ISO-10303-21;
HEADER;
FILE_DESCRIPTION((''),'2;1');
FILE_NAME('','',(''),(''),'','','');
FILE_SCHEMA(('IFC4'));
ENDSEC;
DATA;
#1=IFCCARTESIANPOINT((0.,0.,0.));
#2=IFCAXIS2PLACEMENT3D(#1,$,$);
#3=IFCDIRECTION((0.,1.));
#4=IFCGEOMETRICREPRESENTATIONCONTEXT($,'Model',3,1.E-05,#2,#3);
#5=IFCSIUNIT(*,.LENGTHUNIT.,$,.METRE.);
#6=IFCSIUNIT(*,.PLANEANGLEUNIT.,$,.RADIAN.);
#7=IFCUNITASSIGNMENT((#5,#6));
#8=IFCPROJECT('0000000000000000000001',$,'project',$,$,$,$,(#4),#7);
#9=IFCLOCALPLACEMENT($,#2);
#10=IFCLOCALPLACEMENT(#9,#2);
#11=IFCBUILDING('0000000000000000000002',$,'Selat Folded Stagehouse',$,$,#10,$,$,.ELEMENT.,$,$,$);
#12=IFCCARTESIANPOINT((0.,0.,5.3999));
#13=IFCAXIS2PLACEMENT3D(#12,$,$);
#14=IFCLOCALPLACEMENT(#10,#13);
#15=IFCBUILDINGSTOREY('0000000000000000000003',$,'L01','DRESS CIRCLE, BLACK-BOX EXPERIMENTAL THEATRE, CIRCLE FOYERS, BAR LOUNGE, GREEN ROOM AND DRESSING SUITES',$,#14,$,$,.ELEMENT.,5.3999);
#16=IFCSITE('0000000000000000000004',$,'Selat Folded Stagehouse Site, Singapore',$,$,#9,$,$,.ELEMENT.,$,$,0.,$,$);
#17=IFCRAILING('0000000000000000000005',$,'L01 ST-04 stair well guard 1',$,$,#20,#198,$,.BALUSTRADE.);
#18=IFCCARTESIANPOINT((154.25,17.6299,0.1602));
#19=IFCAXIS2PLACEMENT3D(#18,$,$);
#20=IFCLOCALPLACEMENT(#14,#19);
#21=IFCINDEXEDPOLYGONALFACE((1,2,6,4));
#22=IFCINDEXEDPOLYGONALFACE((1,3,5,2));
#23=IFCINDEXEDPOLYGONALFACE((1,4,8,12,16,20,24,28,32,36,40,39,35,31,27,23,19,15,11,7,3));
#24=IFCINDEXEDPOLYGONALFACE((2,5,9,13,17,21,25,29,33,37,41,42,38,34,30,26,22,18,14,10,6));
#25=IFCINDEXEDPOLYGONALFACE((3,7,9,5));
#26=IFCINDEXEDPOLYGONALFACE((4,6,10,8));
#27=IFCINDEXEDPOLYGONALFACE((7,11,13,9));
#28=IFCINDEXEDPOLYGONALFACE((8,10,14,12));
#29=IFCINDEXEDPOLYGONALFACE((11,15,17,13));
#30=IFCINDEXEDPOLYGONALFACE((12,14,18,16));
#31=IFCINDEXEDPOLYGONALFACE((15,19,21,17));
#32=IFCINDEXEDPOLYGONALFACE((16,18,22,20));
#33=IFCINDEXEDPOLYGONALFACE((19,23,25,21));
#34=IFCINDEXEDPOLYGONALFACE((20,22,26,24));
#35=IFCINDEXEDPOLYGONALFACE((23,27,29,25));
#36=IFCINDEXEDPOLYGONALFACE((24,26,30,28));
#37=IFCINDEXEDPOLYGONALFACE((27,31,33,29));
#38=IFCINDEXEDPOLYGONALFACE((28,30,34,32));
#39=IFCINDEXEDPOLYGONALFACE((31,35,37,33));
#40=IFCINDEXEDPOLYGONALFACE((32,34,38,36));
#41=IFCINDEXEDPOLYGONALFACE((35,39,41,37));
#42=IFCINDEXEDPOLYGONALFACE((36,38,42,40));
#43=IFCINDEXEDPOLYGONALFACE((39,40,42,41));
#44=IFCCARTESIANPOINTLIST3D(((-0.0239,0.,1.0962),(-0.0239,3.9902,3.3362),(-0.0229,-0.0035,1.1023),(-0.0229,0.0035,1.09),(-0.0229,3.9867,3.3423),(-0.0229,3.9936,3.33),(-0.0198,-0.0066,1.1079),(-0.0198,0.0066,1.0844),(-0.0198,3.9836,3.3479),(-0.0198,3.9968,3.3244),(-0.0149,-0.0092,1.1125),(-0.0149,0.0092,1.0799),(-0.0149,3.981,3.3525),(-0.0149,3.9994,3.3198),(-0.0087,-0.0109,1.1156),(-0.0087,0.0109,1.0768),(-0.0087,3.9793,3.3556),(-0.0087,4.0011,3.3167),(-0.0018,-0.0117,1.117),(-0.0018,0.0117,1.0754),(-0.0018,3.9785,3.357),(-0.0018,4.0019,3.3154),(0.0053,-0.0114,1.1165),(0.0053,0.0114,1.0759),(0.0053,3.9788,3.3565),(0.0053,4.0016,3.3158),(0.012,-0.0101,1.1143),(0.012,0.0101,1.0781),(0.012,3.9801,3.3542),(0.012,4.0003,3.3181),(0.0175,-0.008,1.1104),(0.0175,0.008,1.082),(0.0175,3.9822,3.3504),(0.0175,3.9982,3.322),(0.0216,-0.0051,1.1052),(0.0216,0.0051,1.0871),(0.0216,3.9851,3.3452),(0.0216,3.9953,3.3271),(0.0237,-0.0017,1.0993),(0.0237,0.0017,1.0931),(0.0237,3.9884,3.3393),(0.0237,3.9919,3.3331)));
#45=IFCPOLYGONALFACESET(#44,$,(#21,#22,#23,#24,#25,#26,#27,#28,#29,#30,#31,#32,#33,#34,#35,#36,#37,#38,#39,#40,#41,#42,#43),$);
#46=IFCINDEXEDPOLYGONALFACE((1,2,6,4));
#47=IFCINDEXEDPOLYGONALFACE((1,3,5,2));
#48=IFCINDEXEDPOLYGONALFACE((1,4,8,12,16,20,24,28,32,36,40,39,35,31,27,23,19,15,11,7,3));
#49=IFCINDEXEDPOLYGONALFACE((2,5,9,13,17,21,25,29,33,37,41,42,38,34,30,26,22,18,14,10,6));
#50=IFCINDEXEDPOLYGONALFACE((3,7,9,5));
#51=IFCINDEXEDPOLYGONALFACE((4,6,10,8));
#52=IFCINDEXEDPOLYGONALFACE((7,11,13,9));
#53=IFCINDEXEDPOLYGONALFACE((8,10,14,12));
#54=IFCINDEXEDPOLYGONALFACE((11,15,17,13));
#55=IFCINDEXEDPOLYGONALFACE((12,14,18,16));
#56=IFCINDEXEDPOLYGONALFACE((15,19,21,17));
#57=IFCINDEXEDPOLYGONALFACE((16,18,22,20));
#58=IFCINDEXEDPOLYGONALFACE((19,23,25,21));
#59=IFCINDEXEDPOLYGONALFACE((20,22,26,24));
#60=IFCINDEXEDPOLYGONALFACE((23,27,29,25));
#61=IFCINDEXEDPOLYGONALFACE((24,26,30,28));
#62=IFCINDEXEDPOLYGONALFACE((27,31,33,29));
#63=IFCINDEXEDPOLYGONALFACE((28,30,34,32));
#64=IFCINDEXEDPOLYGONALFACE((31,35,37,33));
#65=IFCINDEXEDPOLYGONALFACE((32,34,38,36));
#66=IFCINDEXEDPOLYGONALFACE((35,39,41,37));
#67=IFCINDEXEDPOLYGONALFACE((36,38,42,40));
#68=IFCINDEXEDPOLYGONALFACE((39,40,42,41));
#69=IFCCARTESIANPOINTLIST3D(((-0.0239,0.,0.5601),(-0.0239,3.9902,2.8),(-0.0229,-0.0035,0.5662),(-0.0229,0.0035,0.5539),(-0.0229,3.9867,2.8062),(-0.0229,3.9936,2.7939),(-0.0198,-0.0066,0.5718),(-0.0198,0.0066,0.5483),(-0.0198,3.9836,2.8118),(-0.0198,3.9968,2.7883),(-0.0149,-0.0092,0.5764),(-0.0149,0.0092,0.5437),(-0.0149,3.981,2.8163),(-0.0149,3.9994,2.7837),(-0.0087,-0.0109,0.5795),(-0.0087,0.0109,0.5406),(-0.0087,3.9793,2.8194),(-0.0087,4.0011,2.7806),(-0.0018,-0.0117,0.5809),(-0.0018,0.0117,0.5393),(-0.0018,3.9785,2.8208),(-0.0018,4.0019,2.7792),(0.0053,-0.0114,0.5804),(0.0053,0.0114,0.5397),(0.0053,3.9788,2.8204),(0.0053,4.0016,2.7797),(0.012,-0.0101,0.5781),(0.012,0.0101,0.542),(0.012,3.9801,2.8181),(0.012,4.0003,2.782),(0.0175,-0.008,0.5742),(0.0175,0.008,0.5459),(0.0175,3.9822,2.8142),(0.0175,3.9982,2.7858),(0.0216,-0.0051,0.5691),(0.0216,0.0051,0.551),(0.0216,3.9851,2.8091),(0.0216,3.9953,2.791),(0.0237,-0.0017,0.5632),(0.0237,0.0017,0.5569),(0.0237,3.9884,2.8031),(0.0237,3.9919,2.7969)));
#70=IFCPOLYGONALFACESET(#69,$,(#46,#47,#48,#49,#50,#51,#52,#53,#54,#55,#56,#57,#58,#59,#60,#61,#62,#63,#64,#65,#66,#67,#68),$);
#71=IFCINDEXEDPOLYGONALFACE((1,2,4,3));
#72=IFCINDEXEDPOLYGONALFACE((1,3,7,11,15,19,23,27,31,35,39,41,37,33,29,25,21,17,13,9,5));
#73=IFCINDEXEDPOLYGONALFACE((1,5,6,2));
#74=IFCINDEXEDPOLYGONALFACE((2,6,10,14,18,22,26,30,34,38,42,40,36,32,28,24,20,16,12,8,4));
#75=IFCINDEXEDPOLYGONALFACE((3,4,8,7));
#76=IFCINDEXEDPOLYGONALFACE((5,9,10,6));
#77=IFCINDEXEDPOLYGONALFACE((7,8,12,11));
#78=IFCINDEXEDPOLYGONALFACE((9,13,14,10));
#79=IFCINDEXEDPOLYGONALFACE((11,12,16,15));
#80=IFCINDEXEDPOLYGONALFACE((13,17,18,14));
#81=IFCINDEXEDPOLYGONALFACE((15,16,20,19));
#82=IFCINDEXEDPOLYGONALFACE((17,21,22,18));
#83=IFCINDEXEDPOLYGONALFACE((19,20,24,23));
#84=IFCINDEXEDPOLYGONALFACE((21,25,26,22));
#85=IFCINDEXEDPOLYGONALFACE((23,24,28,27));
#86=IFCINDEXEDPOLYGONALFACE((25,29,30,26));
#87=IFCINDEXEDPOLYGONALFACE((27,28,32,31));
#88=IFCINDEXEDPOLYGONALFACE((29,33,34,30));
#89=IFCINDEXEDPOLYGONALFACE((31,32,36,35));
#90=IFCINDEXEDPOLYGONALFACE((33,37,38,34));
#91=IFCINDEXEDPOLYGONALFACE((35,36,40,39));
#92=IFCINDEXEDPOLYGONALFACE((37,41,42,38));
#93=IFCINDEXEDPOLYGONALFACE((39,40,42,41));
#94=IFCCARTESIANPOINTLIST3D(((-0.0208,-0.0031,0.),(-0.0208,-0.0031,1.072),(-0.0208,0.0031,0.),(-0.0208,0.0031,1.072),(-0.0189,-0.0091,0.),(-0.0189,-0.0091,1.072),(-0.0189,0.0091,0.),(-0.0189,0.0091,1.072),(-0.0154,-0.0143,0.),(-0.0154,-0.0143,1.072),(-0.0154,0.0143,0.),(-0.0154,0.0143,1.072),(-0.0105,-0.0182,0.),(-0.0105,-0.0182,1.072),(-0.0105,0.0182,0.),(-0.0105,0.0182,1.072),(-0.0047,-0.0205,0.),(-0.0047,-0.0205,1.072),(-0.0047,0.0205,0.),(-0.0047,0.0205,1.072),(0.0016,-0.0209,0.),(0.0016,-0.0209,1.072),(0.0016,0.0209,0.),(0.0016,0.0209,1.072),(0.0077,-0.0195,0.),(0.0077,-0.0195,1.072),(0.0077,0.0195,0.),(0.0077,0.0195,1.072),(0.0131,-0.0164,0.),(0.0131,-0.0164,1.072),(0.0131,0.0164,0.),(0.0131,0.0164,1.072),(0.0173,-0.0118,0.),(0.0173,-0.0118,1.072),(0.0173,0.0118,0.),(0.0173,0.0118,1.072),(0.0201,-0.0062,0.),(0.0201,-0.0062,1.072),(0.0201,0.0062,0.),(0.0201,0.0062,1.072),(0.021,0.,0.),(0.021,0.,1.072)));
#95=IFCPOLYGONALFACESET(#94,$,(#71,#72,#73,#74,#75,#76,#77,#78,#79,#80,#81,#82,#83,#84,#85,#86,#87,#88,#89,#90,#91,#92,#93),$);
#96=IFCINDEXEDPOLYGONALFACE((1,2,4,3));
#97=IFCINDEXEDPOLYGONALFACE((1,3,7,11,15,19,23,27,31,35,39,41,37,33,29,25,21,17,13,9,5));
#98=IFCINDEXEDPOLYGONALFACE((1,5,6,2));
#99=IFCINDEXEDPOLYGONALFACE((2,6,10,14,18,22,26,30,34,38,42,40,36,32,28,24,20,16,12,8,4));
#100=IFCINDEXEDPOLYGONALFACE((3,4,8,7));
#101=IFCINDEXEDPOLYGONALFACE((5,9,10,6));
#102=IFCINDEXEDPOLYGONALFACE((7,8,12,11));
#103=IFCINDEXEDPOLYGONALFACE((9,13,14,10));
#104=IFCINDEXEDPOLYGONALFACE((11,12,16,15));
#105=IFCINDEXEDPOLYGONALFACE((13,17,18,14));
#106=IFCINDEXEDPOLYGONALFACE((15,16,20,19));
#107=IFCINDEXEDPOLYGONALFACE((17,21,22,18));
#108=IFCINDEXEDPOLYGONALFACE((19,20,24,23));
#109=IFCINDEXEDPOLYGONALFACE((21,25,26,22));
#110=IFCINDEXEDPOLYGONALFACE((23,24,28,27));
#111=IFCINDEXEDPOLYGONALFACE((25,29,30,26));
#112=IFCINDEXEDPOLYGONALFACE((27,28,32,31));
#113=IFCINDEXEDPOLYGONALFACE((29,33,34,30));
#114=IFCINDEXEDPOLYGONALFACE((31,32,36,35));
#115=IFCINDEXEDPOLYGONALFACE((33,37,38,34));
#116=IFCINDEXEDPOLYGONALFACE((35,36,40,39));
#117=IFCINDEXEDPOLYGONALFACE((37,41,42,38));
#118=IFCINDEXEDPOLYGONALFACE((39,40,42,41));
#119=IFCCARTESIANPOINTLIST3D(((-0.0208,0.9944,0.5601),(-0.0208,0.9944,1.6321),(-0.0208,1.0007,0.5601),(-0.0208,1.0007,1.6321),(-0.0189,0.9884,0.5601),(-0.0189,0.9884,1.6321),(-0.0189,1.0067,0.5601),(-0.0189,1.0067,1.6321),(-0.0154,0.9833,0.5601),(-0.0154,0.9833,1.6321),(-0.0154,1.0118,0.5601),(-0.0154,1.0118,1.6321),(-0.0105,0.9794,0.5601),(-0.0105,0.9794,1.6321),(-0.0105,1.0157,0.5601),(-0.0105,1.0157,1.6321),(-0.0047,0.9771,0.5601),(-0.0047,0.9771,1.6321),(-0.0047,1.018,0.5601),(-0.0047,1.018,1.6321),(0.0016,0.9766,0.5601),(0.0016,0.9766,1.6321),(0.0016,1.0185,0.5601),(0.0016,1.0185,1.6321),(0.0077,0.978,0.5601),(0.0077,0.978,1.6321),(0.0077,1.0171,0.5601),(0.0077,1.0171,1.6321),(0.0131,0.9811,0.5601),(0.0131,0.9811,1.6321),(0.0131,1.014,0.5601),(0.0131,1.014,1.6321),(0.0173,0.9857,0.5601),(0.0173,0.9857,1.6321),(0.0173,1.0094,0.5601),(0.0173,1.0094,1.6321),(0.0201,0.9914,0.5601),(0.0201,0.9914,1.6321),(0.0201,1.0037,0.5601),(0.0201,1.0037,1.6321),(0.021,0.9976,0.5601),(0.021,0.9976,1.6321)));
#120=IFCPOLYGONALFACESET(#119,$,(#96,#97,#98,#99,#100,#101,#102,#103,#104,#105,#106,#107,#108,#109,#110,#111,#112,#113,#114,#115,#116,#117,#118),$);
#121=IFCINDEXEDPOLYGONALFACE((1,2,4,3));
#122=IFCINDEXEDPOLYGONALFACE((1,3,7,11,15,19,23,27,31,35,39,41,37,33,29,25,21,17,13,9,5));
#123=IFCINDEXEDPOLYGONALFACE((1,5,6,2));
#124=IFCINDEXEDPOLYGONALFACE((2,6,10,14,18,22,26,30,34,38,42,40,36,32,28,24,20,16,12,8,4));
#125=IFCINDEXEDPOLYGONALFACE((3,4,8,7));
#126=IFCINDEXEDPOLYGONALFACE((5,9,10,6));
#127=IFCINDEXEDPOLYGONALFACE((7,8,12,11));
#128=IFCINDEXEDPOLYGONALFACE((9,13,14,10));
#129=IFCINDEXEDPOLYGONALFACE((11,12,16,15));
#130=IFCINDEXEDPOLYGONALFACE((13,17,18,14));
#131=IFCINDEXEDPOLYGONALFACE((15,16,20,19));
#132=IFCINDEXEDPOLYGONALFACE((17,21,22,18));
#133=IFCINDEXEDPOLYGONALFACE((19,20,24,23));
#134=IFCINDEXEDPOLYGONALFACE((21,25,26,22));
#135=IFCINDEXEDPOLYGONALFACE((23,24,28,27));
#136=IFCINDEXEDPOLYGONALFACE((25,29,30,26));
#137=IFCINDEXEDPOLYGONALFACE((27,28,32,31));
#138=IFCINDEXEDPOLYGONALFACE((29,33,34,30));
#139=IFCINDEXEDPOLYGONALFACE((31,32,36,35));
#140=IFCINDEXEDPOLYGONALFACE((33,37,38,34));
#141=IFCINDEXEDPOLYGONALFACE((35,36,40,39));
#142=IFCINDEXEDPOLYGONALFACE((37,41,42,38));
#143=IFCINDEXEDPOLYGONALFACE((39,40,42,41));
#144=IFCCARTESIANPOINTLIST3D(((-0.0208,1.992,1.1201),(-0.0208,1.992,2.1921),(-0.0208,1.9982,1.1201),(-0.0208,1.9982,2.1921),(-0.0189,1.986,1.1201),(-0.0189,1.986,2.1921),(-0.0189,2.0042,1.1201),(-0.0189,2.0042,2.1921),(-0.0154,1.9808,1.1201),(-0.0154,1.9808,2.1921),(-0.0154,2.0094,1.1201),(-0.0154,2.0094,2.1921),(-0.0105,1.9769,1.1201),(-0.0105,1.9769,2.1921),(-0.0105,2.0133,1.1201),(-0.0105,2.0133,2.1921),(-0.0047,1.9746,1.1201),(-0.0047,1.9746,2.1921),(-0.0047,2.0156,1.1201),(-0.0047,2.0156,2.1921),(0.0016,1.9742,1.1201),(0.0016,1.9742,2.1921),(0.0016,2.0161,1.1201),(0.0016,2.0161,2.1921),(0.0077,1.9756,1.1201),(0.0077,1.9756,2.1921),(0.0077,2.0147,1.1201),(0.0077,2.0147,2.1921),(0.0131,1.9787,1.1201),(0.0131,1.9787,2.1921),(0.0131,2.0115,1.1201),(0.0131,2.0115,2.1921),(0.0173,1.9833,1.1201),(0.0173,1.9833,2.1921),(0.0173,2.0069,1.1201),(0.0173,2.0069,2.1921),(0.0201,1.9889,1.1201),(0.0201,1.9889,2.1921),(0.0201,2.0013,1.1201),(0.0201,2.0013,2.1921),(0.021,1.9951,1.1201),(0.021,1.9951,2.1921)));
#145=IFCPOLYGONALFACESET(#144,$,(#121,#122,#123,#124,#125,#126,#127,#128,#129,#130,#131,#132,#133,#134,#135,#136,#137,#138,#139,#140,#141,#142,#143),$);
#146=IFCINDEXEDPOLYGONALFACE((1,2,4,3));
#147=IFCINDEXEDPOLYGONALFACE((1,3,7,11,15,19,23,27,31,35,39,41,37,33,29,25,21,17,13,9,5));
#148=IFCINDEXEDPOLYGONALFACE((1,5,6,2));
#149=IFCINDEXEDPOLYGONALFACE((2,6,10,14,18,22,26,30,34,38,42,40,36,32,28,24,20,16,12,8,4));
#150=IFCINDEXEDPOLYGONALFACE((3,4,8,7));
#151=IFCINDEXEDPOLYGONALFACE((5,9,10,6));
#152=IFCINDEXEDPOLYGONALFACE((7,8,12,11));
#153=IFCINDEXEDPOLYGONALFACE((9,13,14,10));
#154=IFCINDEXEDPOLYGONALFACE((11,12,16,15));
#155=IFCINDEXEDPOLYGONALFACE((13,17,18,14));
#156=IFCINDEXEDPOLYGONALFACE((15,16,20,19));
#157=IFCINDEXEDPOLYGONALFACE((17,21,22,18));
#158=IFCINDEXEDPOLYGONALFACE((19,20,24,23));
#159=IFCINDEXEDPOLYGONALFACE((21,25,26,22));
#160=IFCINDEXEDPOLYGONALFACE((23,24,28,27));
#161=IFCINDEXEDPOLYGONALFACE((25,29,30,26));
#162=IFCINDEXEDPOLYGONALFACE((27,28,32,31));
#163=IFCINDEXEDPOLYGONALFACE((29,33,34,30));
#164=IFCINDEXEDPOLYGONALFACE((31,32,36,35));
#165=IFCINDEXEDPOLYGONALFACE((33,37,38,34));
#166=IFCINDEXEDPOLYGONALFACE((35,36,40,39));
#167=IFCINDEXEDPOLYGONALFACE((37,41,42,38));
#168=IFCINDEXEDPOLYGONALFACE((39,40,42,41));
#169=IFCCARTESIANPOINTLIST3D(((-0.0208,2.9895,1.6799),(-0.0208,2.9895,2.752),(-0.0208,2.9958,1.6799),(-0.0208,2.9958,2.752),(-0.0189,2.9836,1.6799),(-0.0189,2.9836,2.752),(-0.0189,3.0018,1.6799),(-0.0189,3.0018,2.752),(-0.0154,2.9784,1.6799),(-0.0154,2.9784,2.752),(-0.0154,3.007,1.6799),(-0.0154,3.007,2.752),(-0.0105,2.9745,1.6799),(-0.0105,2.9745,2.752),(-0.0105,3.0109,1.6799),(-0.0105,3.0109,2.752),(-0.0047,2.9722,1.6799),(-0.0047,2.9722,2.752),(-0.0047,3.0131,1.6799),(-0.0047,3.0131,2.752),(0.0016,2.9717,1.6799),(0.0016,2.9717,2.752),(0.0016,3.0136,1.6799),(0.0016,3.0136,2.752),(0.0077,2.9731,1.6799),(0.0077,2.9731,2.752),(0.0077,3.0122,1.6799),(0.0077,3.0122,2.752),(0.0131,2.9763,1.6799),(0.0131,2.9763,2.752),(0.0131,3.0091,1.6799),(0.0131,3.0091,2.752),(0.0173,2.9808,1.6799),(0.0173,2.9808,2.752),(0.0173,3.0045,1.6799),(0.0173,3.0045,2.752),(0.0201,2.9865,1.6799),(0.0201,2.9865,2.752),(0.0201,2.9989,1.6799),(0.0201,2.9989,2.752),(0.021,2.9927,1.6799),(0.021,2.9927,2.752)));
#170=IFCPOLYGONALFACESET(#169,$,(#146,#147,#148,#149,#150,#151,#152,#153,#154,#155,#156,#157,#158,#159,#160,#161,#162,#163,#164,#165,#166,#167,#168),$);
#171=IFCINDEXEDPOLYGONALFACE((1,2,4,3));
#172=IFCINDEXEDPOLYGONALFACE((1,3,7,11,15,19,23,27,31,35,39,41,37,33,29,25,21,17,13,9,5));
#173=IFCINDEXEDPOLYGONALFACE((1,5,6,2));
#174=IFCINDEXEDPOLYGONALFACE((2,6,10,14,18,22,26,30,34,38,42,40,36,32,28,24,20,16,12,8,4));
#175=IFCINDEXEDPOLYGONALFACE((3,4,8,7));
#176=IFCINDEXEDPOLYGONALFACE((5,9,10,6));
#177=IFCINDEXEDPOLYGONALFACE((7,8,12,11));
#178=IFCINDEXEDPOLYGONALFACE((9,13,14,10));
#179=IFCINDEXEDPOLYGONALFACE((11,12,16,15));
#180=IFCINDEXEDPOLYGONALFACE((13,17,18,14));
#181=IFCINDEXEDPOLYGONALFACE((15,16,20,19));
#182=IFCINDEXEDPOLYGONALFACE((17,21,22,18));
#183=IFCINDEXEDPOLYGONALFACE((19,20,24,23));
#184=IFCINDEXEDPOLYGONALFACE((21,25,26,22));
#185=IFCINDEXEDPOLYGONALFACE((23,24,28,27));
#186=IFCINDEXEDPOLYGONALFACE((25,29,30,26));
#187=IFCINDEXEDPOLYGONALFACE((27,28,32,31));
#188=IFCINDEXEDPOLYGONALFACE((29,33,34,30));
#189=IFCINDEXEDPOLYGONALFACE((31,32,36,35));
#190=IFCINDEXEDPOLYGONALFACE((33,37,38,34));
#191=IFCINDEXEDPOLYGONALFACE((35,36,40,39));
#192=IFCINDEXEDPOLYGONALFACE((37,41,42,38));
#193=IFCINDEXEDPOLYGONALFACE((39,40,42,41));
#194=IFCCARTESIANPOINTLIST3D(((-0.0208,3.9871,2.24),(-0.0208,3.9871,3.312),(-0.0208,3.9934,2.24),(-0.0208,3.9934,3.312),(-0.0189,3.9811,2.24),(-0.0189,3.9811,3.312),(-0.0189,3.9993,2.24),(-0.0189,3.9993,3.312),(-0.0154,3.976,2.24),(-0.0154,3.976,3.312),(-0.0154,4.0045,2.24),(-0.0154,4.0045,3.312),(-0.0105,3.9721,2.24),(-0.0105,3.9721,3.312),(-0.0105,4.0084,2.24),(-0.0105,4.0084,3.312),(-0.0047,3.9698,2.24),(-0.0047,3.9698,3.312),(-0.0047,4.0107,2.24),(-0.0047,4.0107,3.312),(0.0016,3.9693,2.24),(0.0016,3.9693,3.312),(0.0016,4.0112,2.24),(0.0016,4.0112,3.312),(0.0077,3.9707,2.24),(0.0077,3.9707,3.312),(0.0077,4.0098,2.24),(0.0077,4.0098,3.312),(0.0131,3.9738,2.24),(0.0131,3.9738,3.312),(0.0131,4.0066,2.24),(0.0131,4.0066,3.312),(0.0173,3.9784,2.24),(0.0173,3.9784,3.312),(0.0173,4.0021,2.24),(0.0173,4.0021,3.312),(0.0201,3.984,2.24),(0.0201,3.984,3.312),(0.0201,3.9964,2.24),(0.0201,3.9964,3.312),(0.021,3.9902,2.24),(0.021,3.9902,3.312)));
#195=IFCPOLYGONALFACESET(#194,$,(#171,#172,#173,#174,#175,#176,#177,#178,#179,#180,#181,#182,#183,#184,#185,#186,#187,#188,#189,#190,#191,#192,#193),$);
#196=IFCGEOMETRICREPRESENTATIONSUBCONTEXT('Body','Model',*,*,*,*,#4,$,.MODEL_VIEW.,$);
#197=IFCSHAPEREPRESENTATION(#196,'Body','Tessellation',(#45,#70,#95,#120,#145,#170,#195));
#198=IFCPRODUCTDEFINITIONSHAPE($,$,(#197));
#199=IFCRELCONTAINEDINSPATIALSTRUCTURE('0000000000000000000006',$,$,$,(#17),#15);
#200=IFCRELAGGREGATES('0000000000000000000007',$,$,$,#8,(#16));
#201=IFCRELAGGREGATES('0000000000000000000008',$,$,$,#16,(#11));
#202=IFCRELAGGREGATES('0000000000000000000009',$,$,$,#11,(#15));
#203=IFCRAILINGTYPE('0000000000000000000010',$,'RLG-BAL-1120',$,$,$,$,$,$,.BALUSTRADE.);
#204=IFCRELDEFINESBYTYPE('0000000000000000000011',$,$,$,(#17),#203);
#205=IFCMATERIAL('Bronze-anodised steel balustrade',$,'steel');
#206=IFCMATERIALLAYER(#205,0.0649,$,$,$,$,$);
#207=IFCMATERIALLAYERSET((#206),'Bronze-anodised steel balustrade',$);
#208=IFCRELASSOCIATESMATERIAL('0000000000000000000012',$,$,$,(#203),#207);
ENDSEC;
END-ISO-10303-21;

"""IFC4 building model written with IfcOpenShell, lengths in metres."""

from ifc_helpers import new_model, si_unit, direction, frame, origin, origin_2d, place, context, subcontext, project, spatial, circle, extrude, material, layer, layer_set, type_object, element, save


model = new_model("IFC4")

# Units and contexts
model_context = context("Model", 3, precision=1e-05, world=origin(), true_north=direction((0.0, 1.0)))
body_context = subcontext(model_context, "Body", "Model", "MODEL_VIEW")
ifc_project = project(units=[si_unit("LENGTHUNIT", "METRE"), si_unit("PLANEANGLEUNIT", "RADIAN")], contexts=[model_context])

# Site, building, storey
site_placement = place(None, origin())
site = spatial("IfcSite", under=ifc_project, at=site_placement, Name="Selat Folded Stagehouse Site, Singapore", CompositionType="ELEMENT", RefElevation=0.0)
building_placement = place(site_placement, origin())
building = spatial("IfcBuilding", under=site, at=building_placement, Name="Selat Folded Stagehouse", CompositionType="ELEMENT")
storey_placement = place(building_placement, frame((0.0, 0.0, 5.3999)))
storey = spatial("IfcBuildingStorey", under=building, at=storey_placement, Name="L01", Description="DRESS CIRCLE, BLACK-BOX EXPERIMENTAL THEATRE, CIRCLE FOYERS, BAR LOUNGE, GREEN ROOM AND DRESSING SUITES", CompositionType="ELEMENT", Elevation=5.3999)

# Railing
ifc_material_1 = material(Name="Bronze-anodised steel balustrade", Category="steel")
ifc_layer_1 = layer(ifc_material_1, 0.0649)
ifc_layer_set_1 = layer_set([ifc_layer_1], Name="Bronze-anodised steel balustrade")
railing_type = type_object("IfcRailingType", Name="RLG-BAL-1120", PredefinedType="BALUSTRADE", material=ifc_layer_set_1)
railing_1_placement = place(storey_placement, frame((154.25, 17.6299, 0.1602)))
element("IfcRailing", 1, at=railing_1_placement, inside=storey, type_object=railing_type, Name="L01 ST-04 stair well guard 1", PredefinedType="BALUSTRADE", context=body_context, shape_type="SweptSolid", body=[
    extrude(circle(Radius=0.0239, at=origin_2d()), frame((0.0, 0.0, 1.0962), z_axis=(0.0, 0.871997, 0.489511), x_axis=(-1.0, 0.0, 0.0)), (0.0, 0.0, 1.0), 4.5759),
    extrude(circle(Radius=0.0239, at=origin_2d()), frame((0.0, 0.0, 0.5601), z_axis=(0.0, 0.871997, 0.489511), x_axis=(-1.0, 0.0, 0.0)), (0.0, 0.0, 1.0), 4.5759),
    extrude(circle(Radius=0.021, at=origin_2d()), origin(), (0.0, 0.0, 1.0), 1.072),
    extrude(circle(Radius=0.021, at=origin_2d()), frame((0.0, 0.9976, 0.5601)), (0.0, 0.0, 1.0), 1.072),
    extrude(circle(Radius=0.021, at=origin_2d()), frame((0.0, 1.9951, 1.1201)), (0.0, 0.0, 1.0), 1.072),
    extrude(circle(Radius=0.021, at=origin_2d()), frame((0.0, 2.9927, 1.6799)), (0.0, 0.0, 1.0), 1.072),
    extrude(circle(Radius=0.021, at=origin_2d()), frame((0.0, 3.9902, 2.24)), (0.0, 0.0, 1.0), 1.072),
])

save(model, "model.ifc")
